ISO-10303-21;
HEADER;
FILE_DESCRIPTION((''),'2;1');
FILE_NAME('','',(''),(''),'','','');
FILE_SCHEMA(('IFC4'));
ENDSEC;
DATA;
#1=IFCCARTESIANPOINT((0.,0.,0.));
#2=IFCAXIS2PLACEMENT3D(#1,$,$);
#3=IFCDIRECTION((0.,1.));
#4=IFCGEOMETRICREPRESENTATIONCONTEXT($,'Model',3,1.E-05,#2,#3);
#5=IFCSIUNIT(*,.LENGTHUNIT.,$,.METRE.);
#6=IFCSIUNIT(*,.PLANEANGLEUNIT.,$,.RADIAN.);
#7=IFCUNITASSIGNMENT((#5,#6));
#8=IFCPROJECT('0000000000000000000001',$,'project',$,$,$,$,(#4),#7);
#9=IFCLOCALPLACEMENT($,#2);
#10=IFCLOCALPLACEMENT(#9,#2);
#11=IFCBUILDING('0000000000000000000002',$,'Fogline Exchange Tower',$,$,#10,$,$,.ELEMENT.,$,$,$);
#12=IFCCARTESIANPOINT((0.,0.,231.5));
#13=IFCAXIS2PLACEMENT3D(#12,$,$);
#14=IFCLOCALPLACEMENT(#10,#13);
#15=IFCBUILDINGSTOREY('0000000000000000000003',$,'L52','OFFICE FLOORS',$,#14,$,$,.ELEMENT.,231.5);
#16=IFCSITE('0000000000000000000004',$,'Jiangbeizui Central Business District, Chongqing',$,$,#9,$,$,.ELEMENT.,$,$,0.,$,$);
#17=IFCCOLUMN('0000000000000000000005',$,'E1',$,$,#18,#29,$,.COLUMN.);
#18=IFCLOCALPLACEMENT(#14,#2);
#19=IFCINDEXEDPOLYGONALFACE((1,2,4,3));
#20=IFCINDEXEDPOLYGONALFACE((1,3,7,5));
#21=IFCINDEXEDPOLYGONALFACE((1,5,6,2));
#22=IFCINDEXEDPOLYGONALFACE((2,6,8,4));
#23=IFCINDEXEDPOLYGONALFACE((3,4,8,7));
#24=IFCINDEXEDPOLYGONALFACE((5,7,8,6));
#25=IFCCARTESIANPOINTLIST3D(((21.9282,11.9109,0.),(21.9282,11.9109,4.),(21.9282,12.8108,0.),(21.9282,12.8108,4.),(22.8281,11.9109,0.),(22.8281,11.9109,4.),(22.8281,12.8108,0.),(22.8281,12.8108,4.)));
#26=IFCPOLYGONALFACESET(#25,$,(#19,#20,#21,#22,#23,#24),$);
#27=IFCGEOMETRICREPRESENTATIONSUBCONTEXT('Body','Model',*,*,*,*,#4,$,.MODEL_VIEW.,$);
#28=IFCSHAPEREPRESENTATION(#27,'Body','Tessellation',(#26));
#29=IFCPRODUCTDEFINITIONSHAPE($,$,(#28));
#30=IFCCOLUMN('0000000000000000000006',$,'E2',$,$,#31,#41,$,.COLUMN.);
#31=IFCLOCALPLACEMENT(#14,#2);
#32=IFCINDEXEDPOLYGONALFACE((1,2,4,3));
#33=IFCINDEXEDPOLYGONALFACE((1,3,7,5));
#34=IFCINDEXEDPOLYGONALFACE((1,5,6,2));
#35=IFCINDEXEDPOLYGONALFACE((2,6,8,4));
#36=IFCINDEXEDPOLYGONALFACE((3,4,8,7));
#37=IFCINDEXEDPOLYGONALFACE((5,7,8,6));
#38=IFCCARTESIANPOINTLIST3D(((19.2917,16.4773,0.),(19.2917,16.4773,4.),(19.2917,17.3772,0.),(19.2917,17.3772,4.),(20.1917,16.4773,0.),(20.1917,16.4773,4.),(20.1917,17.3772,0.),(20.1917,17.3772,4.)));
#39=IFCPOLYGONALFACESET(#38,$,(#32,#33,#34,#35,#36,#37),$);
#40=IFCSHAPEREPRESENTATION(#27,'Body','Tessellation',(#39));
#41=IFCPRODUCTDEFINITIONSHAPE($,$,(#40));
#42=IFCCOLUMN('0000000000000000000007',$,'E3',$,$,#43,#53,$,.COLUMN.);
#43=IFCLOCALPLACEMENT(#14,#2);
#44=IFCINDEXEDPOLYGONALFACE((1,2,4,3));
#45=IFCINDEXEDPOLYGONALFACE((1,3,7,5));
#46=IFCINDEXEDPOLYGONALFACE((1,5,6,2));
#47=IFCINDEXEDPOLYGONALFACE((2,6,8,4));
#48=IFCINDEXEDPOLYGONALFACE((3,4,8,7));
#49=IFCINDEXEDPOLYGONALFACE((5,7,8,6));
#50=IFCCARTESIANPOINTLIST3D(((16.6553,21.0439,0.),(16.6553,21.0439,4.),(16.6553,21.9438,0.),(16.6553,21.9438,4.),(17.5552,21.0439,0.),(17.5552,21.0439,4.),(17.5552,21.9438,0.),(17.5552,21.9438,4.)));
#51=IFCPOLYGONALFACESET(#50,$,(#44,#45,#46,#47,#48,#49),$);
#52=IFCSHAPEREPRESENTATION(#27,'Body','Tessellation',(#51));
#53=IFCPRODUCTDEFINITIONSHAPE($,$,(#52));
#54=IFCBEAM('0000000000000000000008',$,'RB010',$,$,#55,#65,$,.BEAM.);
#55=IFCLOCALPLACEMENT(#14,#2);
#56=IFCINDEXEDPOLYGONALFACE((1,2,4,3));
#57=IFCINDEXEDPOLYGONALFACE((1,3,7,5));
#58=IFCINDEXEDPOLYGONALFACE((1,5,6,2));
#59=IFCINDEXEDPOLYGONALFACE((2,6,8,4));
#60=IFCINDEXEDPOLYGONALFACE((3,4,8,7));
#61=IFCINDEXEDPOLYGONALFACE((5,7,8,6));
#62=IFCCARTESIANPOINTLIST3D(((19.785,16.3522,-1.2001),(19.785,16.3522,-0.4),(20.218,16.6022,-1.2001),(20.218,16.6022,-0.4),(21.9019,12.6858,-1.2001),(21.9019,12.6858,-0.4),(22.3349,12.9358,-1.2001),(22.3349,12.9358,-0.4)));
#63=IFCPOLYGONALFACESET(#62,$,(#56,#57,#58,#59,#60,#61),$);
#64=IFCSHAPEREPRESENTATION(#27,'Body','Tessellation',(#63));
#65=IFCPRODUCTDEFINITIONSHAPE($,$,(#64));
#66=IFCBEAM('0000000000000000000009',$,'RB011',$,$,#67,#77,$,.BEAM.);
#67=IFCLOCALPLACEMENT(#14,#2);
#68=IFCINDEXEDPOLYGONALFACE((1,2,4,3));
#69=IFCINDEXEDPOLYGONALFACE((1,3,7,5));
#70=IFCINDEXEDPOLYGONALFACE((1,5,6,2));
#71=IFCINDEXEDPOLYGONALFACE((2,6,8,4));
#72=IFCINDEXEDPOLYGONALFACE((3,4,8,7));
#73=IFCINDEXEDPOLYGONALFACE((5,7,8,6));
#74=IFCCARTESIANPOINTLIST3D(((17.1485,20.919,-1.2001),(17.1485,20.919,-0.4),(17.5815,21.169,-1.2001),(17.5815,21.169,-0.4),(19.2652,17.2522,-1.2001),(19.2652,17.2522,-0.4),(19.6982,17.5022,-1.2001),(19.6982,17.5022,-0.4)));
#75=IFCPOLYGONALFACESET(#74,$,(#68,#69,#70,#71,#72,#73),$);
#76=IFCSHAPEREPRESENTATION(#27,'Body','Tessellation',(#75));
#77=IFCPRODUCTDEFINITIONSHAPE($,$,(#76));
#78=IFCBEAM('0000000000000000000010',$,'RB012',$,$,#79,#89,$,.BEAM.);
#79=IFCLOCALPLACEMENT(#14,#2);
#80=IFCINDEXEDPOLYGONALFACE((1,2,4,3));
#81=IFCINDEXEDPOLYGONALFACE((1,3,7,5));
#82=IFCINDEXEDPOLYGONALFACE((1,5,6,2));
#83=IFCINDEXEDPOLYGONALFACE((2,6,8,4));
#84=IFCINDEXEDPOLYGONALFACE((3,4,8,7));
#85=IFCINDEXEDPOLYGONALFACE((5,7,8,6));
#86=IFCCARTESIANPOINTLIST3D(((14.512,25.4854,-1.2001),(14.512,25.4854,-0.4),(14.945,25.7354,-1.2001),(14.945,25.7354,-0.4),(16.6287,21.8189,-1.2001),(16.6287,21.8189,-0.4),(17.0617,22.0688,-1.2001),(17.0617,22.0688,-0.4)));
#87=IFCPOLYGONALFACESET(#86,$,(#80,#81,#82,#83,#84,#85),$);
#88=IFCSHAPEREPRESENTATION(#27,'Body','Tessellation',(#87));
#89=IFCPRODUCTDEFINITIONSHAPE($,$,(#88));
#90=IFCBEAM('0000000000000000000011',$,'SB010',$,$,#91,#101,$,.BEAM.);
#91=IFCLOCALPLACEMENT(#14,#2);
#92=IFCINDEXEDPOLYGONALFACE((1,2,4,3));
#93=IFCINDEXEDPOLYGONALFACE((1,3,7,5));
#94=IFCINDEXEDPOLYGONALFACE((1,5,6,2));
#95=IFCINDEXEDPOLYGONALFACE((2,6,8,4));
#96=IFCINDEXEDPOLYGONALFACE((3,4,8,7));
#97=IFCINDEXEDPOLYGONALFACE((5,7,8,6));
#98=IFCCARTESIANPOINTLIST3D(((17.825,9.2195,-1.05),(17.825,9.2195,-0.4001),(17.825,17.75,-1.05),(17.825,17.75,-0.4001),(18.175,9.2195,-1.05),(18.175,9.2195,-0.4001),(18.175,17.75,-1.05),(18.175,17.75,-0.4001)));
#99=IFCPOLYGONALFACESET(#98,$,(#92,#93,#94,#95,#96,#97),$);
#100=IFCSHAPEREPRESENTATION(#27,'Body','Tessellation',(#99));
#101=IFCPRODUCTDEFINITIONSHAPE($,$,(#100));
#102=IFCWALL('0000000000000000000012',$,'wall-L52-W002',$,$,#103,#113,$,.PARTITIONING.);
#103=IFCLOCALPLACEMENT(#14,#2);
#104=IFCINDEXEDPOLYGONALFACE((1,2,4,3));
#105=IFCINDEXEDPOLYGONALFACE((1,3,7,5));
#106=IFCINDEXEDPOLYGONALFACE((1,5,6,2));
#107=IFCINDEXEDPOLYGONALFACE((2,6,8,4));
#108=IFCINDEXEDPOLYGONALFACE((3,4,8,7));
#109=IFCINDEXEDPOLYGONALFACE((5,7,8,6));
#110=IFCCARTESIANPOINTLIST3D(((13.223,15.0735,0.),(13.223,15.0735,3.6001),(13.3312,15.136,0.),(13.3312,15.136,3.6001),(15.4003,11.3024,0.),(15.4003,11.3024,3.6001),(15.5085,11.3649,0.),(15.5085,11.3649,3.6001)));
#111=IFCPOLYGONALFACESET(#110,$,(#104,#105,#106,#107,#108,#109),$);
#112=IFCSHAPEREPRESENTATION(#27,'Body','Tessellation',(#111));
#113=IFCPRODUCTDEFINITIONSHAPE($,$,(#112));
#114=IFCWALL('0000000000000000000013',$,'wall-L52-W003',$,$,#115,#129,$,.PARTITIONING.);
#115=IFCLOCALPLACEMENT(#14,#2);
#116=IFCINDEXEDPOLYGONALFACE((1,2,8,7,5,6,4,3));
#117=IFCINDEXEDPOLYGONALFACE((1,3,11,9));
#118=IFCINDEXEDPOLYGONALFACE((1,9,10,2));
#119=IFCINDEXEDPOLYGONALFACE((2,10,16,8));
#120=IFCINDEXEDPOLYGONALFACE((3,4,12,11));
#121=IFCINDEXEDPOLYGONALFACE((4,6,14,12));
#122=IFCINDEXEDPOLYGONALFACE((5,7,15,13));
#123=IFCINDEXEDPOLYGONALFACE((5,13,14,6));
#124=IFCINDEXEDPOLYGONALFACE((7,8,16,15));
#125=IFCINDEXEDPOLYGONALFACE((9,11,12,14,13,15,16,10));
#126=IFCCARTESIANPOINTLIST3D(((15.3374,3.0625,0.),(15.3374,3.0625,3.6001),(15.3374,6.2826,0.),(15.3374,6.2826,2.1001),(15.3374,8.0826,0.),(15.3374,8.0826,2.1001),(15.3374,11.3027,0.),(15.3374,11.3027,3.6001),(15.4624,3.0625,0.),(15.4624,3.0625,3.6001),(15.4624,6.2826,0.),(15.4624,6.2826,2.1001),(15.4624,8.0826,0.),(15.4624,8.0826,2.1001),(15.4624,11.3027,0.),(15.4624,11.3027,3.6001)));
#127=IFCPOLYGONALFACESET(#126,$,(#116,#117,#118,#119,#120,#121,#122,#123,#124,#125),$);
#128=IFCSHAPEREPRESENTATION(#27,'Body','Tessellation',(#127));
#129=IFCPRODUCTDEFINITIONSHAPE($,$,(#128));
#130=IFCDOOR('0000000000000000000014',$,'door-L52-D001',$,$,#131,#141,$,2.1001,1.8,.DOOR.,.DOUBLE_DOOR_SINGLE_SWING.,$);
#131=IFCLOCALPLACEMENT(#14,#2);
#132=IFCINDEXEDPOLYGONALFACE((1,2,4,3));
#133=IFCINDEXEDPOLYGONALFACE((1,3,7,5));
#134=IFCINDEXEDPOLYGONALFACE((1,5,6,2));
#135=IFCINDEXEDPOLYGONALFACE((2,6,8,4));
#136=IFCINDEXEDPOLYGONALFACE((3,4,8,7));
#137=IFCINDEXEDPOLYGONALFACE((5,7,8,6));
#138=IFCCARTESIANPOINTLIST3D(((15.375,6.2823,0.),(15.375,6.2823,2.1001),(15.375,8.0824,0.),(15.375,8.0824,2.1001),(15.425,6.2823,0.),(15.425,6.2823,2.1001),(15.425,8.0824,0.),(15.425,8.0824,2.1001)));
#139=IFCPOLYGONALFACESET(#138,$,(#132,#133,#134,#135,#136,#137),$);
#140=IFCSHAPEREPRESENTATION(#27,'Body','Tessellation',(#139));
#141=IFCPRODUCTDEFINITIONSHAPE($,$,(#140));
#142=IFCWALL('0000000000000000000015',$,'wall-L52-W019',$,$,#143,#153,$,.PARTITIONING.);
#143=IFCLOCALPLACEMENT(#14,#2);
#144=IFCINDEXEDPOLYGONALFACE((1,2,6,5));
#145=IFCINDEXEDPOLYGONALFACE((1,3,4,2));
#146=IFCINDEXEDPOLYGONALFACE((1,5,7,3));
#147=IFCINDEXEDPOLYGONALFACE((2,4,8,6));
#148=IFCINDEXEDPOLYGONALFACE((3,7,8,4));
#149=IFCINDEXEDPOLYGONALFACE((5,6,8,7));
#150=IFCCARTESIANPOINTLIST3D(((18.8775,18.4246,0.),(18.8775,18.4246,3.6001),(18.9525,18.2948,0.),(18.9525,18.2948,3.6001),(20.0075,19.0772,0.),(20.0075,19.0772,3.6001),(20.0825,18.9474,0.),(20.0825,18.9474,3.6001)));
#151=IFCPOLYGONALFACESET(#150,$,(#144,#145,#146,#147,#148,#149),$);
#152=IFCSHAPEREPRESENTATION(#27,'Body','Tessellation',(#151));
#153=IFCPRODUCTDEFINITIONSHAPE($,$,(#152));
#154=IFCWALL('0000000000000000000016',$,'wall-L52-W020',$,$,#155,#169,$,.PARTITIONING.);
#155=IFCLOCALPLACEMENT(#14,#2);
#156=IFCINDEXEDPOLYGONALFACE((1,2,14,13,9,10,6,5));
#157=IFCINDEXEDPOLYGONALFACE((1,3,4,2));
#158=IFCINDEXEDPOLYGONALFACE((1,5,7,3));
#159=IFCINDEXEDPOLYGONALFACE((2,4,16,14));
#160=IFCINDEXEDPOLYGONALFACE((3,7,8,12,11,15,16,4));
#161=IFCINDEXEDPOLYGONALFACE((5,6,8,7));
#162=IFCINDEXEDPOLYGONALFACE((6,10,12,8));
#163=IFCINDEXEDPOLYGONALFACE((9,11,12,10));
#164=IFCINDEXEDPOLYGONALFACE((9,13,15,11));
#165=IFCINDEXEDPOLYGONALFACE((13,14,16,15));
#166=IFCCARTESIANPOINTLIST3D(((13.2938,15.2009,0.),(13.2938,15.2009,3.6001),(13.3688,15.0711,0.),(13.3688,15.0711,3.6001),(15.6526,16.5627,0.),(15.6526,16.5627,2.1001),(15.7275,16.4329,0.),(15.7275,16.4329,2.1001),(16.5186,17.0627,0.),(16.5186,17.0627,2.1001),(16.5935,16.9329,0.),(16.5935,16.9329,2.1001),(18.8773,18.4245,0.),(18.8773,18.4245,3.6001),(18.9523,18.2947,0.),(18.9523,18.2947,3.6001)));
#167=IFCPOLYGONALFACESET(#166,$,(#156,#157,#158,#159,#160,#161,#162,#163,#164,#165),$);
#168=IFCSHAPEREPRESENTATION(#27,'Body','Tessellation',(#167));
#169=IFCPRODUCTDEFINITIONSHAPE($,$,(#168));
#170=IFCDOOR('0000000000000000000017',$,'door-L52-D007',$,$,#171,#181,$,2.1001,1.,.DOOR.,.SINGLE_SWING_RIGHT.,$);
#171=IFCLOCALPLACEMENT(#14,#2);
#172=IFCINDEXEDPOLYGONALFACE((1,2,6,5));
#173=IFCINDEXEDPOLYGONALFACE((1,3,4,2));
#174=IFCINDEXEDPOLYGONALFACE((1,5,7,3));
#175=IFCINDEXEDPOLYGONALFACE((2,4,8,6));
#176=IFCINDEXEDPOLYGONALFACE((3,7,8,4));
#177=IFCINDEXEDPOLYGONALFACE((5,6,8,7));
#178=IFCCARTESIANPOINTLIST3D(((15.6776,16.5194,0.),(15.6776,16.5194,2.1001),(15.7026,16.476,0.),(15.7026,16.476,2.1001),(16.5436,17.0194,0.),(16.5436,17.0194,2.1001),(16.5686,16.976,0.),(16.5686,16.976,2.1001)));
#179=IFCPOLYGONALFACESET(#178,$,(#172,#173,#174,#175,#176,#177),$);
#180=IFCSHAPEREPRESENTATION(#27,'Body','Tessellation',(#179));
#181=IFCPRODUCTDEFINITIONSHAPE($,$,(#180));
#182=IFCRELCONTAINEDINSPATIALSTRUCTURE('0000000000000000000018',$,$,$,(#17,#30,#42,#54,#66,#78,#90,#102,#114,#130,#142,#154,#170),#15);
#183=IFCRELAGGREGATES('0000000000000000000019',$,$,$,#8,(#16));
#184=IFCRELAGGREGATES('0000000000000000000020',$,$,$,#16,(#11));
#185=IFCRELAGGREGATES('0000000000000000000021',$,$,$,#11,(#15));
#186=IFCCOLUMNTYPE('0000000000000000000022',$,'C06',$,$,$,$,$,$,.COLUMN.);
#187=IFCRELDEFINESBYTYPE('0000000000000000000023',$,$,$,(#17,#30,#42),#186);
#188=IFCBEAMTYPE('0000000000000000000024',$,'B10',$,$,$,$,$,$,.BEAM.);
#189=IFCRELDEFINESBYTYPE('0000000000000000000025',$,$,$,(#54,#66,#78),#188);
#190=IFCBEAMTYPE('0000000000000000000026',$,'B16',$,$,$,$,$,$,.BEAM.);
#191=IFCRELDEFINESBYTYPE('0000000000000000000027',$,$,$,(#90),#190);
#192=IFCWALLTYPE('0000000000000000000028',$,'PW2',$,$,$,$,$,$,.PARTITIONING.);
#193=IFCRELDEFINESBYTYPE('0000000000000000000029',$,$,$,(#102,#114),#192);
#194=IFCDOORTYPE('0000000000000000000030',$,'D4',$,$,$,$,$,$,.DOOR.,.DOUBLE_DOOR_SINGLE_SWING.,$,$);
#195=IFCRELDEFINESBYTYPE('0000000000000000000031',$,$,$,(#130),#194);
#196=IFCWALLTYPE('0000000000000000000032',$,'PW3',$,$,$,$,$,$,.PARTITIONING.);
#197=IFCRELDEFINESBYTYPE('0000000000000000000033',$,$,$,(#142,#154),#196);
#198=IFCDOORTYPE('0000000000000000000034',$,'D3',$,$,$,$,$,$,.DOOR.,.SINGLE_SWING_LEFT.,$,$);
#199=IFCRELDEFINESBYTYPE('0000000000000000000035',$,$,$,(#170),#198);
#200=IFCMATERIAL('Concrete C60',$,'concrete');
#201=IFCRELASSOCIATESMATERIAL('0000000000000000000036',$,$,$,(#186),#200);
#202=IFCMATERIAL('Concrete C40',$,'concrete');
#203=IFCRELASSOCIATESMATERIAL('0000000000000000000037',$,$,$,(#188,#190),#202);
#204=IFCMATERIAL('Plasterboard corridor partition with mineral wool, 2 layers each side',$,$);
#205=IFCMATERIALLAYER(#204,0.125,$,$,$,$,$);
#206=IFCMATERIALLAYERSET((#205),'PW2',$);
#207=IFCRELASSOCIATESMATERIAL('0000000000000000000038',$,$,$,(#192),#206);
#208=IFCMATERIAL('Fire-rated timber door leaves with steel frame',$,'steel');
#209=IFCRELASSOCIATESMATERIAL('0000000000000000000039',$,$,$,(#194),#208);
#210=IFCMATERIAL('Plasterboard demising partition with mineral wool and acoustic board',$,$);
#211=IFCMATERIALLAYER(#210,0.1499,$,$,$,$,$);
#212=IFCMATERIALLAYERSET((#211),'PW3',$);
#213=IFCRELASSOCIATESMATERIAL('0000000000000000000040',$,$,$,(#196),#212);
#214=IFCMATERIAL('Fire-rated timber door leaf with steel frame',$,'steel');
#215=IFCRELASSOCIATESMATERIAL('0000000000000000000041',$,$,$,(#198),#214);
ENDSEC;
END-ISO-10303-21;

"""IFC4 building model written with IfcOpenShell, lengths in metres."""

from ifc_helpers import new_model, si_unit, direction, frame, frame_2d, origin, origin_2d, place, context, subcontext, project, spatial, rectangle, extrude, material, layer, layer_set, material_profile, profile_set, type_object, element, fill, save


model = new_model("IFC4")

# Units and contexts
model_context = context("Model", 3, precision=1e-05, world=origin(), true_north=direction((0.0, 1.0)))
body_context = subcontext(model_context, "Body", "Model", "MODEL_VIEW")
ifc_project = project(units=[si_unit("LENGTHUNIT", "METRE"), si_unit("PLANEANGLEUNIT", "RADIAN")], contexts=[model_context])

# Site, building, storey
site_placement = place(None, origin())
site = spatial("IfcSite", under=ifc_project, at=site_placement, Name="Jiangbeizui Central Business District, Chongqing", CompositionType="ELEMENT", RefElevation=0.0)
building_placement = place(site_placement, origin())
building = spatial("IfcBuilding", under=site, at=building_placement, Name="Fogline Exchange Tower", CompositionType="ELEMENT")
storey_placement = place(building_placement, frame((0.0, 0.0, 231.5)))
storey = spatial("IfcBuildingStorey", under=building, at=storey_placement, Name="L52", Description="OFFICE FLOORS", CompositionType="ELEMENT", Elevation=231.5)

# Columns
ifc_material_1 = material(Name="Concrete C60", Category="concrete")
ifc_material_profile_1 = material_profile(ifc_material_1, rectangle(XDim=0.8999, YDim=0.8999, at=origin_2d()), Name="RC 900x900")
ifc_profile_set_1 = profile_set([ifc_material_profile_1], Name="Concrete C60")
column_type = type_object("IfcColumnType", Name="C06", PredefinedType="COLUMN", material=ifc_profile_set_1)
for number, where, z_axis, x_axis, name in (
    (1, (22.3782, 12.3608, 0.0), (0.0, 0.0, 1.0), (1.0, 0.0, 0.0), "E1"),
    (2, (19.7417, 16.9272, 0.0), (0.0, 0.0, 1.0), (1.0, 0.0, 0.0), "E2"),
    (3, (17.1052, 21.4939, 0.0), (0.0, 0.0, 1.0), (1.0, 0.0, 0.0), "E3"),
):
    element("IfcColumn", number, at=place(storey_placement, frame(where, z_axis=z_axis, x_axis=x_axis)), inside=storey, type_object=column_type, Name=name, PredefinedType="COLUMN", context=body_context, shape_type="SweptSolid", body=[
        extrude(rectangle(XDim=0.8999, YDim=0.8999, at=origin_2d()), origin(), (0.0, 0.0, 1.0), 4.0),
    ])

# Beams
ifc_material_2 = material(Name="Concrete C40", Category="concrete")
ifc_material_profile_2 = material_profile(ifc_material_2, rectangle(XDim=0.5, YDim=0.8, at=origin_2d()), Name="RC 500x800")
ifc_profile_set_2 = profile_set([ifc_material_profile_2], Name="Concrete C40")
beam_type_1 = type_object("IfcBeamType", Name="B10", PredefinedType="BEAM", material=ifc_profile_set_2)
beam_1_placement = place(storey_placement, frame((22.1184, 12.8108, -0.8), z_axis=(-0.500015, 0.866017, 0.0), x_axis=(-0.866017, -0.500015, 0.0)))
element("IfcBeam", 4, at=beam_1_placement, inside=storey, type_object=beam_type_1, Name="RB010", PredefinedType="BEAM", context=body_context, shape_type="SweptSolid", body=[
    extrude(rectangle(XDim=0.5, YDim=0.8, at=origin_2d()), origin(), (0.0, 0.0, 1.0), 4.2336),
])
beam_2_placement = place(storey_placement, frame((19.4817, 17.3772, -0.8), z_axis=(-0.499947, 0.866056, 0.0), x_axis=(-0.866056, -0.499947, 0.0)))
element("IfcBeam", 5, at=beam_2_placement, inside=storey, type_object=beam_type_1, Name="RB011", PredefinedType="BEAM", context=body_context, shape_type="SweptSolid", body=[
    extrude(rectangle(XDim=0.5, YDim=0.8, at=origin_2d()), origin(), (0.0, 0.0, 1.0), 4.2339),
])
beam_3_placement = place(storey_placement, frame((16.8452, 21.9438, -0.8), z_axis=(-0.499972, 0.866042, 0.0), x_axis=(-0.866042, -0.499972, 0.0)))
element("IfcBeam", 6, at=beam_3_placement, inside=storey, type_object=beam_type_1, Name="RB012", PredefinedType="BEAM", context=body_context, shape_type="SweptSolid", body=[
    extrude(rectangle(XDim=0.5, YDim=0.8, at=origin_2d()), origin(), (0.0, 0.0, 1.0), 4.2336),
])
ifc_material_profile_3 = material_profile(ifc_material_2, rectangle(XDim=0.3501, YDim=0.6499, at=origin_2d()), Name="RC 350x650")
ifc_profile_set_3 = profile_set([ifc_material_profile_3], Name="Concrete C40")
beam_type_2 = type_object("IfcBeamType", Name="B16", PredefinedType="BEAM", material=ifc_profile_set_3)
beam_4_placement = place(storey_placement, frame((18.0, 9.2195, -0.7251), z_axis=(0.0, 1.0, 0.0), x_axis=(-1.0, 0.0, 0.0)))
element("IfcBeam", 7, at=beam_4_placement, inside=storey, type_object=beam_type_2, Name="SB010", PredefinedType="BEAM", context=body_context, shape_type="SweptSolid", body=[
    extrude(rectangle(XDim=0.3501, YDim=0.6499, at=origin_2d()), origin(), (0.0, 0.0, 1.0), 8.5305),
])

# Wall
ifc_material_3 = material(Name="Plasterboard corridor partition with mineral wool, 2 layers each side")
ifc_layer_1 = layer(ifc_material_3, 0.125)
ifc_layer_set_1 = layer_set([ifc_layer_1], Name="PW2")
wall_type_1 = type_object("IfcWallType", Name="PW2", PredefinedType="PARTITIONING", material=ifc_layer_set_1)
wall_1_placement = place(storey_placement, frame((13.2771, 15.1047, 0.0), z_axis=(0.0, 0.0, 1.0), x_axis=(0.50001, -0.866019, 0.0)))
element("IfcWall", 8, at=wall_1_placement, inside=storey, type_object=wall_type_1, Name="wall-L52-W002", PredefinedType="PARTITIONING", context=body_context, shape_type="SweptSolid", body=[
    extrude(rectangle(XDim=4.3545, YDim=0.125, at=frame_2d((2.1772, 0.0))), origin(), (0.0, 0.0, 1.0), 3.6001),
])

# Wall, opening, door
wall_2_placement = place(storey_placement, frame((15.3999, 11.3027, 0.0), z_axis=(0.0, 0.0, 1.0), x_axis=(0.0, -1.0, 0.0)))
wall_2 = element("IfcWall", 9, at=wall_2_placement, inside=storey, type_object=wall_type_1, Name="wall-L52-W003", PredefinedType="PARTITIONING", context=body_context, shape_type="SweptSolid", body=[
    extrude(rectangle(XDim=8.2402, YDim=0.125, at=frame_2d((4.1201, 0.0))), origin(), (0.0, 0.0, 1.0), 3.6001),
])
opening_1_placement = place(wall_2_placement, frame((3.2202, 0.0, 0.0)))
opening_1 = element("IfcOpeningElement", 10, at=opening_1_placement, cuts=wall_2, PredefinedType="OPENING", context=body_context, shape_type="SweptSolid", body=[
    extrude(rectangle(XDim=1.8, YDim=2.1001, at=frame_2d((0.8999, 1.05))), frame((0.0, 0.0725, 0.0), z_axis=(0.0, -1.0, 0.0), x_axis=(1.0, 0.0, 0.0)), (0.0, 0.0, 1.0), 0.145),
])
ifc_material_4 = material(Name="Fire-rated timber door leaves with steel frame", Category="steel")
door_type_1 = type_object("IfcDoorType", Name="D4", OperationType="DOUBLE_DOOR_SINGLE_SWING", PredefinedType="DOOR", material=ifc_material_4)
door_1_placement = place(opening_1_placement, frame((1.8, 0.0, 0.0), z_axis=(0.0, 0.0, 1.0), x_axis=(-1.0, 0.0, 0.0)))
door_1 = element("IfcDoor", 11, at=door_1_placement, inside=storey, type_object=door_type_1, Name="door-L52-D001", OperationType="DOUBLE_DOOR_SINGLE_SWING", OverallHeight=2.1001, OverallWidth=1.8, PredefinedType="DOOR", context=body_context, shape_type="SweptSolid", body=[
    extrude(rectangle(XDim=1.8, YDim=2.1001, at=frame_2d((0.8999, 1.05))), frame((0.0, 0.0249, 0.0), z_axis=(0.0, -1.0, 0.0), x_axis=(1.0, 0.0, 0.0)), (0.0, 0.0, 1.0), 0.05),
])
fill(opening_1, door_1)

# Wall
ifc_material_5 = material(Name="Plasterboard demising partition with mineral wool and acoustic board")
ifc_layer_2 = layer(ifc_material_5, 0.1499)
ifc_layer_set_2 = layer_set([ifc_layer_2], Name="PW3")
wall_type_2 = type_object("IfcWallType", Name="PW3", PredefinedType="PARTITIONING", material=ifc_layer_set_2)
wall_3_placement = place(storey_placement, frame((20.0449, 19.0122, 0.0), z_axis=(0.0, 0.0, 1.0), x_axis=(-0.865989, -0.500063, 0.0)))
element("IfcWall", 12, at=wall_3_placement, inside=storey, type_object=wall_type_2, Name="wall-L52-W019", PredefinedType="PARTITIONING", context=body_context, shape_type="SweptSolid", body=[
    extrude(rectangle(XDim=1.3049, YDim=0.1499, at=frame_2d((0.6523, 0.0))), origin(), (0.0, 0.0, 1.0), 3.6001),
])

# Wall, opening, door
wall_4_placement = place(storey_placement, frame((18.9148, 18.3596, 0.0), z_axis=(0.0, 0.0, 1.0), x_axis=(-0.866025, -0.5, 0.0)))
wall_4 = element("IfcWall", 13, at=wall_4_placement, inside=storey, type_object=wall_type_2, Name="wall-L52-W020", PredefinedType="PARTITIONING", context=body_context, shape_type="SweptSolid", body=[
    extrude(rectangle(XDim=6.4473, YDim=0.1499, at=frame_2d((3.2236, 0.0))), origin(), (0.0, 0.0, 1.0), 3.6001),
])
opening_2_placement = place(wall_4_placement, frame((2.7236, 0.0, 0.0)))
opening_2 = element("IfcOpeningElement", 14, at=opening_2_placement, cuts=wall_4, PredefinedType="OPENING", context=body_context, shape_type="SweptSolid", body=[
    extrude(rectangle(XDim=1.0, YDim=2.1001, at=frame_2d((0.5, 1.05))), frame((0.0, 0.085, 0.0), z_axis=(0.0, -1.0, 0.0), x_axis=(1.0, 0.0, 0.0)), (0.0, 0.0, 1.0), 0.1699),
])
ifc_material_6 = material(Name="Fire-rated timber door leaf with steel frame", Category="steel")
door_type_2 = type_object("IfcDoorType", Name="D3", OperationType="SINGLE_SWING_LEFT", PredefinedType="DOOR", material=ifc_material_6)
door_2_placement = place(opening_2_placement, frame((1.0, 0.0, 0.0), z_axis=(0.0, 0.0, 1.0), x_axis=(-1.0, 0.0, 0.0)))
door_2 = element("IfcDoor", 15, at=door_2_placement, inside=storey, type_object=door_type_2, Name="door-L52-D007", OperationType="SINGLE_SWING_RIGHT", OverallHeight=2.1001, OverallWidth=1.0, PredefinedType="DOOR", context=body_context, shape_type="SweptSolid", body=[
    extrude(rectangle(XDim=1.0, YDim=2.1001, at=frame_2d((0.5, 1.05))), frame((0.0, 0.0249, 0.0), z_axis=(0.0, -1.0, 0.0), x_axis=(1.0, 0.0, 0.0)), (0.0, 0.0, 1.0), 0.05),
])
fill(opening_2, door_2)

save(model, "model.ifc")
